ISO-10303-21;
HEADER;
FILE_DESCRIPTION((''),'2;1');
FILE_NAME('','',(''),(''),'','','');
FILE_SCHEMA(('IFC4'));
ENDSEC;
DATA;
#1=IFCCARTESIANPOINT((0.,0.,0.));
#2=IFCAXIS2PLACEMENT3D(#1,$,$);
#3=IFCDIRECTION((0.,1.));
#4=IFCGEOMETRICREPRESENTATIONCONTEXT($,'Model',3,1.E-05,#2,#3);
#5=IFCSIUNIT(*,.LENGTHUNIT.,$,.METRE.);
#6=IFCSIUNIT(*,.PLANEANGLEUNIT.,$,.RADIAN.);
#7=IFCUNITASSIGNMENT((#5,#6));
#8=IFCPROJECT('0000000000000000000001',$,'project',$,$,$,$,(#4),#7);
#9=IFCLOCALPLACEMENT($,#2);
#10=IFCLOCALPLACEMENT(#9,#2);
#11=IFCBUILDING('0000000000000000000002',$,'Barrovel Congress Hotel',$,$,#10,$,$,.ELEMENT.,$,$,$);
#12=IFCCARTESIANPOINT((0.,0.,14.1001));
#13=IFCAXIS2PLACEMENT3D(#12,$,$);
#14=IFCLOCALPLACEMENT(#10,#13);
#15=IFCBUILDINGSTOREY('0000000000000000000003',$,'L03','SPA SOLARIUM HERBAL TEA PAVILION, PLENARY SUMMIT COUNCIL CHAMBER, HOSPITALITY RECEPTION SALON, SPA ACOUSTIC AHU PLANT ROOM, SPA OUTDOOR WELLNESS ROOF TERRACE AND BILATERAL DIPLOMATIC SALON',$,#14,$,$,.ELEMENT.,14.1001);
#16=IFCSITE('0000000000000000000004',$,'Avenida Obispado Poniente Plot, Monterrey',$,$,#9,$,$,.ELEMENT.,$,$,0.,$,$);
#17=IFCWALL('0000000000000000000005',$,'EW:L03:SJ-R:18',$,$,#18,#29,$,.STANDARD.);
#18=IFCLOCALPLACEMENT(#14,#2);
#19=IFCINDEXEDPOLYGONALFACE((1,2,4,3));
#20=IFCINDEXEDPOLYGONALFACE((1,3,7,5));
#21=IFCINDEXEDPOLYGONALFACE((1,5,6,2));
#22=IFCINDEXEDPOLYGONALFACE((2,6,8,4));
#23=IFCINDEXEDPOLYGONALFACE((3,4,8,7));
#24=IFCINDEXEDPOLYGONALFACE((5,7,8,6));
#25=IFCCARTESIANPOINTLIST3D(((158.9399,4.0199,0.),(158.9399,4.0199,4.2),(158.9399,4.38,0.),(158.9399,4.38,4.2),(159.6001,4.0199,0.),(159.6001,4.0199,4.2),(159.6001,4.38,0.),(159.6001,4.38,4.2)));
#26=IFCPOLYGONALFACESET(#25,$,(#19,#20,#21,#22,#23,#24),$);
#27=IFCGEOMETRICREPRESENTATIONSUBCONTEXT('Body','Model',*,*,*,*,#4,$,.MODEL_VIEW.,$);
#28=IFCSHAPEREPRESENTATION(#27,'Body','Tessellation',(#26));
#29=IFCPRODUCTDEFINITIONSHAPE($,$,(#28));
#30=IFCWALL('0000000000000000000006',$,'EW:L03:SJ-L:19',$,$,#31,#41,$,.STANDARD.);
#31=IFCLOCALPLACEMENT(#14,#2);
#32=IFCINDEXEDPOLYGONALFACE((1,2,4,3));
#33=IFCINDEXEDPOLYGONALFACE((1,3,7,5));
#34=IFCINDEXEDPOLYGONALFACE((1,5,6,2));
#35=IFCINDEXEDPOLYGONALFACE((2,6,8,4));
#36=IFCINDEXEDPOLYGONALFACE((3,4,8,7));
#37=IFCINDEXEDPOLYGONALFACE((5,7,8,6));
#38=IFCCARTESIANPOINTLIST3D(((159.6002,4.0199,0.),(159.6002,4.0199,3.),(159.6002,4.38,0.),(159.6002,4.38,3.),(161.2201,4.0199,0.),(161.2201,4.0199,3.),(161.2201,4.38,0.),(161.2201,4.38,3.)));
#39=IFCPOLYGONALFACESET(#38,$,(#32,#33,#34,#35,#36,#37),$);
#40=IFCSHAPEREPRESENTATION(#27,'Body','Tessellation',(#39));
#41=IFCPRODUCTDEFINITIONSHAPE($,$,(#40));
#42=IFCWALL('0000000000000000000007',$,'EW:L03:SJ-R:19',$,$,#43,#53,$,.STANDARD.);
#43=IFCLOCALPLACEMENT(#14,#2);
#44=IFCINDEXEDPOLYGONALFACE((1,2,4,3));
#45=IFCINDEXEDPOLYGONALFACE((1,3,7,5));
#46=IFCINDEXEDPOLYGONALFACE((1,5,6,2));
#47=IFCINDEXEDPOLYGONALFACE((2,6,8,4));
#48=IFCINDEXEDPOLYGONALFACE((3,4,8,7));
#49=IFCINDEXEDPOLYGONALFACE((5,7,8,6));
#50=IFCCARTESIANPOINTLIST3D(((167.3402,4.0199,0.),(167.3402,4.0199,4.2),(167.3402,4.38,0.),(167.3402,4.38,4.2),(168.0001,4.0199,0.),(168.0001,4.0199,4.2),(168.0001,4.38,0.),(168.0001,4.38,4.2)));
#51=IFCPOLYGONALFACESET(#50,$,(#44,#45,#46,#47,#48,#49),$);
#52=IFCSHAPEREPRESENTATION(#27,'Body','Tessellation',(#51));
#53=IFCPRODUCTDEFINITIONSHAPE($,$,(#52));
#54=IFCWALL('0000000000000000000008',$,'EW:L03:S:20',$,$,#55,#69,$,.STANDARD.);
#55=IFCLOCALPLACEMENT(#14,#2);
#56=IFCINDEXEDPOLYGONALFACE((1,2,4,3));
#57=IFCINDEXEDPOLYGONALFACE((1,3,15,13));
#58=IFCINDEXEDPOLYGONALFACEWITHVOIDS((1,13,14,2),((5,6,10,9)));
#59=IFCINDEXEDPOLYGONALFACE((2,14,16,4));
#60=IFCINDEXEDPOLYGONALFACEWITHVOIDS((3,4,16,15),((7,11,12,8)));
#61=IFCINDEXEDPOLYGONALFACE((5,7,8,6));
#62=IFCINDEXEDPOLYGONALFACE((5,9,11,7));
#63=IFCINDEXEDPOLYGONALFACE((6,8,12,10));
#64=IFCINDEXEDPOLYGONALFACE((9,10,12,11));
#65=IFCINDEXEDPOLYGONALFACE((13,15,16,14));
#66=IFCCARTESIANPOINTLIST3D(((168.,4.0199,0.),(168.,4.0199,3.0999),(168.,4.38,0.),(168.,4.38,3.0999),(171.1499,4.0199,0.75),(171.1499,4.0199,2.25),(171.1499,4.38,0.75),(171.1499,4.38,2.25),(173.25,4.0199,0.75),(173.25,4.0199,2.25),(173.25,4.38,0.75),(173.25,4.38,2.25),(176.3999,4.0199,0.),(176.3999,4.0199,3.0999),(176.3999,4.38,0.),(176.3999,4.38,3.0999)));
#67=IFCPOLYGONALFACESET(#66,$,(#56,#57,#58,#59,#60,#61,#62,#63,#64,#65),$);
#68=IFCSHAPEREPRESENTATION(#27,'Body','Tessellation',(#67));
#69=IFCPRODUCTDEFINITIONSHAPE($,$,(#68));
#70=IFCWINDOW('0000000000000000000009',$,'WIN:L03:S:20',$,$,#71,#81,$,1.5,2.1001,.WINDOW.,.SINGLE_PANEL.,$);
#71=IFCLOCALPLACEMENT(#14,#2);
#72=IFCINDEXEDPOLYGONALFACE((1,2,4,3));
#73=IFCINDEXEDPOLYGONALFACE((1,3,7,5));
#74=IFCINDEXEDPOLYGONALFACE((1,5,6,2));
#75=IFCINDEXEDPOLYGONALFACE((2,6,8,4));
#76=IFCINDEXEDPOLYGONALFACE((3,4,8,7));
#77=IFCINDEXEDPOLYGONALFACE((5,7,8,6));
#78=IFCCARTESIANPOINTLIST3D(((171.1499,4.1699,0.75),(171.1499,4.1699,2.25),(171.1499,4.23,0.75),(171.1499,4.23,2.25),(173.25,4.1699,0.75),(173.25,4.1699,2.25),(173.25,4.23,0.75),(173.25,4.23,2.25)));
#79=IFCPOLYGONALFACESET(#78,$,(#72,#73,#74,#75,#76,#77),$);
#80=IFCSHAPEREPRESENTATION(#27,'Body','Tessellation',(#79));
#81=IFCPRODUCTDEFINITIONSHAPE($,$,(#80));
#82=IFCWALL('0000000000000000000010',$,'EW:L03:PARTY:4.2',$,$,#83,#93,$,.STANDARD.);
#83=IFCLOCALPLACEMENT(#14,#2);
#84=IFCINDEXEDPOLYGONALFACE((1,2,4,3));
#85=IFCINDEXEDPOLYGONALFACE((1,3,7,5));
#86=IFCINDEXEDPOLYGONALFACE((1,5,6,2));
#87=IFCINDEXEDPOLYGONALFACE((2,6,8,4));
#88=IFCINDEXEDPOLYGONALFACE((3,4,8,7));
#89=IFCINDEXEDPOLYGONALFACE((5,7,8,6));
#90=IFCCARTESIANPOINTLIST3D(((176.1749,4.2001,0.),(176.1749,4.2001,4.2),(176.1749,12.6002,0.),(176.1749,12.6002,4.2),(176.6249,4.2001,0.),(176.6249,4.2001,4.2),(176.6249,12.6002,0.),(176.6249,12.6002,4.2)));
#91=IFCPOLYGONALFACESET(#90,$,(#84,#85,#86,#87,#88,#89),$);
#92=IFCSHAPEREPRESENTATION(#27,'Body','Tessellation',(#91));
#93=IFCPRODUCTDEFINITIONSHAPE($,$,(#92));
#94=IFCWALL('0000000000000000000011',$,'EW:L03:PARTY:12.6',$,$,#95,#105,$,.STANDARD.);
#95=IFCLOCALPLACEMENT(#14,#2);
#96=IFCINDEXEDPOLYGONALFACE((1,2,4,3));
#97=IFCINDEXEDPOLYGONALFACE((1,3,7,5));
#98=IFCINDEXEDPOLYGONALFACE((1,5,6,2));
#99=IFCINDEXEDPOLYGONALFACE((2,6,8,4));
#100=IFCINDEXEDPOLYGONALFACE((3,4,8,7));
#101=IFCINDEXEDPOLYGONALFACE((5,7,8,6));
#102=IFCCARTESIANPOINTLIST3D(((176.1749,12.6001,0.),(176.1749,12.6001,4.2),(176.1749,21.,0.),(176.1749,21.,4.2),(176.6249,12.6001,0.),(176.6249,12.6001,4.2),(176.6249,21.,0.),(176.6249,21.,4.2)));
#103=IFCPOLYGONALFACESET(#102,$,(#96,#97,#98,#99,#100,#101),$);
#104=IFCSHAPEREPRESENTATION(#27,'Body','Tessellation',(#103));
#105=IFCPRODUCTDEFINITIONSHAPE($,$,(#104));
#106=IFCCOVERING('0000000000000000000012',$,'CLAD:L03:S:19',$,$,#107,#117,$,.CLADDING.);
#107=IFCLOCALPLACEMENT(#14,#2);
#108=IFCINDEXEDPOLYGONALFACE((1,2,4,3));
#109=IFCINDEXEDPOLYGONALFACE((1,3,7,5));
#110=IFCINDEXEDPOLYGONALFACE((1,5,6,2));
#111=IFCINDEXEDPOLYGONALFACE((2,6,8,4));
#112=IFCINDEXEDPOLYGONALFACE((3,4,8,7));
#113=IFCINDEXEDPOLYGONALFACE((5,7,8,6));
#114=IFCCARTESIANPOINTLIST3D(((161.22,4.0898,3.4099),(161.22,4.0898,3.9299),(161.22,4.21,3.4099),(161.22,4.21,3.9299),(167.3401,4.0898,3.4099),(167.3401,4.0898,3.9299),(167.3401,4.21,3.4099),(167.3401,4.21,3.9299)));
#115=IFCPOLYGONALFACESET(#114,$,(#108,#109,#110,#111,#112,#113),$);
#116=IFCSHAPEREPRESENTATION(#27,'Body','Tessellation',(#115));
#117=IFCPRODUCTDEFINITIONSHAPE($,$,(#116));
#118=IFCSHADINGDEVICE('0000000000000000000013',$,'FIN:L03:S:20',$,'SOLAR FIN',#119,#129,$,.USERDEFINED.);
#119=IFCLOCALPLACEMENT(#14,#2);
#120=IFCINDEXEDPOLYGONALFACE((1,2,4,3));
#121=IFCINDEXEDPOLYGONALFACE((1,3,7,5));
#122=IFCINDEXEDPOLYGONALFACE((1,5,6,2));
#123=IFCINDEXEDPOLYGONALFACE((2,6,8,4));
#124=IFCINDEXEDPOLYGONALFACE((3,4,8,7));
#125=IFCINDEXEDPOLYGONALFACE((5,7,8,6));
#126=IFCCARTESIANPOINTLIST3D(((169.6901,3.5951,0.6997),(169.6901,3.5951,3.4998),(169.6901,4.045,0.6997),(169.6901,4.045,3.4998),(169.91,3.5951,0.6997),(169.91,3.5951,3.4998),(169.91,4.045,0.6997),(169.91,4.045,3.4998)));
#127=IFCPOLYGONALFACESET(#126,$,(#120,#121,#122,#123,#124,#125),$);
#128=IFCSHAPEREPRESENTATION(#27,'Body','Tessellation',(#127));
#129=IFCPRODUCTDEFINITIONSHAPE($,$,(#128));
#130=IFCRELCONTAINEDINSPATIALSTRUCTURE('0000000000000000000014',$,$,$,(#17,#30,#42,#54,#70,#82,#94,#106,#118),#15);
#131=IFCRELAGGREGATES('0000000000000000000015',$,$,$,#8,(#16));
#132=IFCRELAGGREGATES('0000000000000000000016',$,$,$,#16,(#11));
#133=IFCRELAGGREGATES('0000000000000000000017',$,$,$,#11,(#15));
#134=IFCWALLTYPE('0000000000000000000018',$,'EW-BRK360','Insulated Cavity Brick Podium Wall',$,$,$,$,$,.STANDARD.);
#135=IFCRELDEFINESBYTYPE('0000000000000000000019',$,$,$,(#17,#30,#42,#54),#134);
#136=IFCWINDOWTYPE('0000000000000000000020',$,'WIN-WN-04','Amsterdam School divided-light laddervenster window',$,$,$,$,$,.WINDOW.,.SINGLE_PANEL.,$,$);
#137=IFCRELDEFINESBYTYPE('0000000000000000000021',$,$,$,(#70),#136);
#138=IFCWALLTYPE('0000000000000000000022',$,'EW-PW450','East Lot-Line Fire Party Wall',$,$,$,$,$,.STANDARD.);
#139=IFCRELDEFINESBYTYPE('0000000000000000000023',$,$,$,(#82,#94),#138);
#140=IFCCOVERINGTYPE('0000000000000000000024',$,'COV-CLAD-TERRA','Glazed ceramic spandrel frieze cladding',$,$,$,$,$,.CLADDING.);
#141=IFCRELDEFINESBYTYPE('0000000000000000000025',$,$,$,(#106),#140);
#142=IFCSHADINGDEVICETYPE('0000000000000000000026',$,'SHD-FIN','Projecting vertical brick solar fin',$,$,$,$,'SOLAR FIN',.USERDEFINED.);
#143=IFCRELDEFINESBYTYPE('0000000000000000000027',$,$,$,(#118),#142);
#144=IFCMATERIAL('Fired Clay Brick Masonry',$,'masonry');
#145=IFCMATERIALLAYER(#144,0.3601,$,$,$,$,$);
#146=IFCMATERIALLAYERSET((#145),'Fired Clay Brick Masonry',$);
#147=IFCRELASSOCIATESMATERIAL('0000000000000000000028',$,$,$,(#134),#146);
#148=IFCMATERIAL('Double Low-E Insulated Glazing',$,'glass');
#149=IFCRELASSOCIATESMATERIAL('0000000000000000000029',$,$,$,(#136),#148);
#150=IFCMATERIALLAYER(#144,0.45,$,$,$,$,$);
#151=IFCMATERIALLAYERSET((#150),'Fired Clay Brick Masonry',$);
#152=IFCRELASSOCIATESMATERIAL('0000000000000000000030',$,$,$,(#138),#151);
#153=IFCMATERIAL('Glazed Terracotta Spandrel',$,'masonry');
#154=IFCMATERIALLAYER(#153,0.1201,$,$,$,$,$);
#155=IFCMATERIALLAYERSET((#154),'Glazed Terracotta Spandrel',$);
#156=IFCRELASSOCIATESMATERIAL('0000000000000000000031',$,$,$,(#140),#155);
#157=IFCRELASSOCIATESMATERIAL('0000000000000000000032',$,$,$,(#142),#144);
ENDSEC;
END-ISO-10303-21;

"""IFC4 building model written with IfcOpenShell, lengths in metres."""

from ifc_helpers import new_model, si_unit, direction, frame, frame_2d, origin, origin_2d, place, context, subcontext, project, spatial, rectangle, extrude, material, layer, layer_set, type_object, element, fill, save


model = new_model("IFC4")

# Units and contexts
model_context = context("Model", 3, precision=1e-05, world=origin(), true_north=direction((0.0, 1.0)))
body_context = subcontext(model_context, "Body", "Model", "MODEL_VIEW")
ifc_project = project(units=[si_unit("LENGTHUNIT", "METRE"), si_unit("PLANEANGLEUNIT", "RADIAN")], contexts=[model_context])

# Site, building, storey
site_placement = place(None, origin())
site = spatial("IfcSite", under=ifc_project, at=site_placement, Name="Avenida Obispado Poniente Plot, Monterrey", CompositionType="ELEMENT", RefElevation=0.0)
building_placement = place(site_placement, origin())
building = spatial("IfcBuilding", under=site, at=building_placement, Name="Barrovel Congress Hotel", CompositionType="ELEMENT")
storey_placement = place(building_placement, frame((0.0, 0.0, 14.1001)))
storey = spatial("IfcBuildingStorey", under=building, at=storey_placement, Name="L03", Description="SPA SOLARIUM HERBAL TEA PAVILION, PLENARY SUMMIT COUNCIL CHAMBER, HOSPITALITY RECEPTION SALON, SPA ACOUSTIC AHU PLANT ROOM, SPA OUTDOOR WELLNESS ROOF TERRACE AND BILATERAL DIPLOMATIC SALON", CompositionType="ELEMENT", Elevation=14.1001)

# Shared definitions
ifc_material_1 = material(Name="Double Low-E Insulated Glazing", Category="glass")

# Walls
ifc_material_2 = material(Name="Fired Clay Brick Masonry", Category="masonry")
ifc_layer_1 = layer(ifc_material_2, 0.3601)
ifc_layer_set_1 = layer_set([ifc_layer_1], Name="Fired Clay Brick Masonry")
wall_type_1 = type_object("IfcWallType", Name="EW-BRK360", Description="Insulated Cavity Brick Podium Wall", PredefinedType="STANDARD", material=ifc_layer_set_1)
wall_1_placement = place(storey_placement, frame((158.9399, 4.2, 0.0), z_axis=(0.0, 0.0, 1.0), x_axis=(1.0, 0.0, 0.0)))
element("IfcWall", 1, at=wall_1_placement, inside=storey, type_object=wall_type_1, Name="EW:L03:SJ-R:18", PredefinedType="STANDARD", context=body_context, shape_type="SweptSolid", body=[
    extrude(rectangle(XDim=0.6602, YDim=0.3601, at=frame_2d((0.3301, 0.0))), origin(), (0.0, 0.0, 1.0), 4.2),
])
wall_2_placement = place(storey_placement, frame((159.6001, 4.2, 0.0), z_axis=(0.0, 0.0, 1.0), x_axis=(1.0, 0.0, 0.0)))
element("IfcWall", 2, at=wall_2_placement, inside=storey, type_object=wall_type_1, Name="EW:L03:SJ-L:19", PredefinedType="STANDARD", context=body_context, shape_type="SweptSolid", body=[
    extrude(rectangle(XDim=1.6199, YDim=0.3601, at=frame_2d((0.8101, 0.0))), origin(), (0.0, 0.0, 1.0), 3.0),
])
wall_3_placement = place(storey_placement, frame((167.3401, 4.2, 0.0), z_axis=(0.0, 0.0, 1.0), x_axis=(1.0, 0.0, 0.0)))
element("IfcWall", 3, at=wall_3_placement, inside=storey, type_object=wall_type_1, Name="EW:L03:SJ-R:19", PredefinedType="STANDARD", context=body_context, shape_type="SweptSolid", body=[
    extrude(rectangle(XDim=0.6599, YDim=0.3601, at=frame_2d((0.3301, 0.0))), origin(), (0.0, 0.0, 1.0), 4.2),
])

# Wall, opening, window
wall_4_placement = place(storey_placement, frame((168.0, 4.2, 0.0), z_axis=(0.0, 0.0, 1.0), x_axis=(1.0, 0.0, 0.0)))
wall_4 = element("IfcWall", 4, at=wall_4_placement, inside=storey, type_object=wall_type_1, Name="EW:L03:S:20", PredefinedType="STANDARD", context=body_context, shape_type="SweptSolid", body=[
    extrude(rectangle(XDim=8.3999, YDim=0.3601, at=frame_2d((4.2, 0.0))), origin(), (0.0, 0.0, 1.0), 3.0999),
])
opening_placement = place(wall_4_placement, frame((3.1499, 0.0, 0.75)))
opening = element("IfcOpeningElement", 5, at=opening_placement, cuts=wall_4, PredefinedType="OPENING", context=body_context, shape_type="SweptSolid", body=[
    extrude(rectangle(XDim=2.1001, YDim=1.5, at=frame_2d((1.05, 0.75))), frame((0.0, 0.1899, 0.0), z_axis=(0.0, -1.0, 0.0), x_axis=(1.0, 0.0, 0.0)), (0.0, 0.0, 1.0), 0.3801),
])
window_type = type_object("IfcWindowType", Name="WIN-WN-04", Description="Amsterdam School divided-light laddervenster window", PartitioningType="SINGLE_PANEL", PredefinedType="WINDOW", material=ifc_material_1)
window_placement = place(opening_placement, origin())
window = element("IfcWindow", 6, at=window_placement, inside=storey, type_object=window_type, Name="WIN:L03:S:20", OverallHeight=1.5, OverallWidth=2.1001, PartitioningType="SINGLE_PANEL", PredefinedType="WINDOW", context=body_context, shape_type="SweptSolid", body=[
    extrude(rectangle(XDim=2.1001, YDim=1.5, at=frame_2d((1.05, 0.75))), frame((0.0, 0.03, 0.0), z_axis=(0.0, -1.0, 0.0), x_axis=(1.0, 0.0, 0.0)), (0.0, 0.0, 1.0), 0.0601),
])
fill(opening, window)

# Walls
ifc_layer_2 = layer(ifc_material_2, 0.45)
ifc_layer_set_2 = layer_set([ifc_layer_2], Name="Fired Clay Brick Masonry")
wall_type_2 = type_object("IfcWallType", Name="EW-PW450", Description="East Lot-Line Fire Party Wall", PredefinedType="STANDARD", material=ifc_layer_set_2)
wall_5_placement = place(storey_placement, frame((176.3999, 4.2, 0.0), z_axis=(0.0, 0.0, 1.0), x_axis=(0.0, 1.0, 0.0)))
element("IfcWall", 7, at=wall_5_placement, inside=storey, type_object=wall_type_2, Name="EW:L03:PARTY:4.2", PredefinedType="STANDARD", context=body_context, shape_type="SweptSolid", body=[
    extrude(rectangle(XDim=8.4001, YDim=0.45, at=frame_2d((4.2002, 0.0))), origin(), (0.0, 0.0, 1.0), 4.2),
])
wall_6_placement = place(storey_placement, frame((176.3999, 12.6001, 0.0), z_axis=(0.0, 0.0, 1.0), x_axis=(0.0, 1.0, 0.0)))
element("IfcWall", 8, at=wall_6_placement, inside=storey, type_object=wall_type_2, Name="EW:L03:PARTY:12.6", PredefinedType="STANDARD", context=body_context, shape_type="SweptSolid", body=[
    extrude(rectangle(XDim=8.3999, YDim=0.45, at=frame_2d((4.2, 0.0))), origin(), (0.0, 0.0, 1.0), 4.2),
])

# Covering
ifc_material_3 = material(Name="Glazed Terracotta Spandrel", Category="masonry")
ifc_layer_3 = layer(ifc_material_3, 0.1201)
ifc_layer_set_3 = layer_set([ifc_layer_3], Name="Glazed Terracotta Spandrel")
covering_type = type_object("IfcCoveringType", Name="COV-CLAD-TERRA", Description="Glazed ceramic spandrel frieze cladding", PredefinedType="CLADDING", material=ifc_layer_set_3)
covering_placement = place(storey_placement, frame((164.28, 4.1499, 3.4099), z_axis=(0.0, 0.0, 1.0), x_axis=(1.0, 0.0, 0.0)))
element("IfcCovering", 9, at=covering_placement, inside=storey, type_object=covering_type, Name="CLAD:L03:S:19", PredefinedType="CLADDING", context=body_context, shape_type="SweptSolid", body=[
    extrude(rectangle(XDim=6.1201, YDim=0.1201, at=origin_2d()), origin(), (0.0, 0.0, 1.0), 0.52),
])

# Shading device
shading_device_type = type_object("IfcShadingDeviceType", Name="SHD-FIN", Description="Projecting vertical brick solar fin", ElementType="SOLAR FIN", PredefinedType="USERDEFINED", material=ifc_material_2)
shading_device_placement = place(storey_placement, frame((169.8, 3.8201, 0.6997), z_axis=(0.0, 0.0, 1.0), x_axis=(1.0, 0.0, 0.0)))
element("IfcShadingDevice", 10, at=shading_device_placement, inside=storey, type_object=shading_device_type, Name="FIN:L03:S:20", ObjectType="SOLAR FIN", PredefinedType="USERDEFINED", context=body_context, shape_type="SweptSolid", body=[
    extrude(rectangle(XDim=0.22, YDim=0.45, at=origin_2d()), origin(), (0.0, 0.0, 1.0), 2.8),
])

save(model, "model.ifc")
